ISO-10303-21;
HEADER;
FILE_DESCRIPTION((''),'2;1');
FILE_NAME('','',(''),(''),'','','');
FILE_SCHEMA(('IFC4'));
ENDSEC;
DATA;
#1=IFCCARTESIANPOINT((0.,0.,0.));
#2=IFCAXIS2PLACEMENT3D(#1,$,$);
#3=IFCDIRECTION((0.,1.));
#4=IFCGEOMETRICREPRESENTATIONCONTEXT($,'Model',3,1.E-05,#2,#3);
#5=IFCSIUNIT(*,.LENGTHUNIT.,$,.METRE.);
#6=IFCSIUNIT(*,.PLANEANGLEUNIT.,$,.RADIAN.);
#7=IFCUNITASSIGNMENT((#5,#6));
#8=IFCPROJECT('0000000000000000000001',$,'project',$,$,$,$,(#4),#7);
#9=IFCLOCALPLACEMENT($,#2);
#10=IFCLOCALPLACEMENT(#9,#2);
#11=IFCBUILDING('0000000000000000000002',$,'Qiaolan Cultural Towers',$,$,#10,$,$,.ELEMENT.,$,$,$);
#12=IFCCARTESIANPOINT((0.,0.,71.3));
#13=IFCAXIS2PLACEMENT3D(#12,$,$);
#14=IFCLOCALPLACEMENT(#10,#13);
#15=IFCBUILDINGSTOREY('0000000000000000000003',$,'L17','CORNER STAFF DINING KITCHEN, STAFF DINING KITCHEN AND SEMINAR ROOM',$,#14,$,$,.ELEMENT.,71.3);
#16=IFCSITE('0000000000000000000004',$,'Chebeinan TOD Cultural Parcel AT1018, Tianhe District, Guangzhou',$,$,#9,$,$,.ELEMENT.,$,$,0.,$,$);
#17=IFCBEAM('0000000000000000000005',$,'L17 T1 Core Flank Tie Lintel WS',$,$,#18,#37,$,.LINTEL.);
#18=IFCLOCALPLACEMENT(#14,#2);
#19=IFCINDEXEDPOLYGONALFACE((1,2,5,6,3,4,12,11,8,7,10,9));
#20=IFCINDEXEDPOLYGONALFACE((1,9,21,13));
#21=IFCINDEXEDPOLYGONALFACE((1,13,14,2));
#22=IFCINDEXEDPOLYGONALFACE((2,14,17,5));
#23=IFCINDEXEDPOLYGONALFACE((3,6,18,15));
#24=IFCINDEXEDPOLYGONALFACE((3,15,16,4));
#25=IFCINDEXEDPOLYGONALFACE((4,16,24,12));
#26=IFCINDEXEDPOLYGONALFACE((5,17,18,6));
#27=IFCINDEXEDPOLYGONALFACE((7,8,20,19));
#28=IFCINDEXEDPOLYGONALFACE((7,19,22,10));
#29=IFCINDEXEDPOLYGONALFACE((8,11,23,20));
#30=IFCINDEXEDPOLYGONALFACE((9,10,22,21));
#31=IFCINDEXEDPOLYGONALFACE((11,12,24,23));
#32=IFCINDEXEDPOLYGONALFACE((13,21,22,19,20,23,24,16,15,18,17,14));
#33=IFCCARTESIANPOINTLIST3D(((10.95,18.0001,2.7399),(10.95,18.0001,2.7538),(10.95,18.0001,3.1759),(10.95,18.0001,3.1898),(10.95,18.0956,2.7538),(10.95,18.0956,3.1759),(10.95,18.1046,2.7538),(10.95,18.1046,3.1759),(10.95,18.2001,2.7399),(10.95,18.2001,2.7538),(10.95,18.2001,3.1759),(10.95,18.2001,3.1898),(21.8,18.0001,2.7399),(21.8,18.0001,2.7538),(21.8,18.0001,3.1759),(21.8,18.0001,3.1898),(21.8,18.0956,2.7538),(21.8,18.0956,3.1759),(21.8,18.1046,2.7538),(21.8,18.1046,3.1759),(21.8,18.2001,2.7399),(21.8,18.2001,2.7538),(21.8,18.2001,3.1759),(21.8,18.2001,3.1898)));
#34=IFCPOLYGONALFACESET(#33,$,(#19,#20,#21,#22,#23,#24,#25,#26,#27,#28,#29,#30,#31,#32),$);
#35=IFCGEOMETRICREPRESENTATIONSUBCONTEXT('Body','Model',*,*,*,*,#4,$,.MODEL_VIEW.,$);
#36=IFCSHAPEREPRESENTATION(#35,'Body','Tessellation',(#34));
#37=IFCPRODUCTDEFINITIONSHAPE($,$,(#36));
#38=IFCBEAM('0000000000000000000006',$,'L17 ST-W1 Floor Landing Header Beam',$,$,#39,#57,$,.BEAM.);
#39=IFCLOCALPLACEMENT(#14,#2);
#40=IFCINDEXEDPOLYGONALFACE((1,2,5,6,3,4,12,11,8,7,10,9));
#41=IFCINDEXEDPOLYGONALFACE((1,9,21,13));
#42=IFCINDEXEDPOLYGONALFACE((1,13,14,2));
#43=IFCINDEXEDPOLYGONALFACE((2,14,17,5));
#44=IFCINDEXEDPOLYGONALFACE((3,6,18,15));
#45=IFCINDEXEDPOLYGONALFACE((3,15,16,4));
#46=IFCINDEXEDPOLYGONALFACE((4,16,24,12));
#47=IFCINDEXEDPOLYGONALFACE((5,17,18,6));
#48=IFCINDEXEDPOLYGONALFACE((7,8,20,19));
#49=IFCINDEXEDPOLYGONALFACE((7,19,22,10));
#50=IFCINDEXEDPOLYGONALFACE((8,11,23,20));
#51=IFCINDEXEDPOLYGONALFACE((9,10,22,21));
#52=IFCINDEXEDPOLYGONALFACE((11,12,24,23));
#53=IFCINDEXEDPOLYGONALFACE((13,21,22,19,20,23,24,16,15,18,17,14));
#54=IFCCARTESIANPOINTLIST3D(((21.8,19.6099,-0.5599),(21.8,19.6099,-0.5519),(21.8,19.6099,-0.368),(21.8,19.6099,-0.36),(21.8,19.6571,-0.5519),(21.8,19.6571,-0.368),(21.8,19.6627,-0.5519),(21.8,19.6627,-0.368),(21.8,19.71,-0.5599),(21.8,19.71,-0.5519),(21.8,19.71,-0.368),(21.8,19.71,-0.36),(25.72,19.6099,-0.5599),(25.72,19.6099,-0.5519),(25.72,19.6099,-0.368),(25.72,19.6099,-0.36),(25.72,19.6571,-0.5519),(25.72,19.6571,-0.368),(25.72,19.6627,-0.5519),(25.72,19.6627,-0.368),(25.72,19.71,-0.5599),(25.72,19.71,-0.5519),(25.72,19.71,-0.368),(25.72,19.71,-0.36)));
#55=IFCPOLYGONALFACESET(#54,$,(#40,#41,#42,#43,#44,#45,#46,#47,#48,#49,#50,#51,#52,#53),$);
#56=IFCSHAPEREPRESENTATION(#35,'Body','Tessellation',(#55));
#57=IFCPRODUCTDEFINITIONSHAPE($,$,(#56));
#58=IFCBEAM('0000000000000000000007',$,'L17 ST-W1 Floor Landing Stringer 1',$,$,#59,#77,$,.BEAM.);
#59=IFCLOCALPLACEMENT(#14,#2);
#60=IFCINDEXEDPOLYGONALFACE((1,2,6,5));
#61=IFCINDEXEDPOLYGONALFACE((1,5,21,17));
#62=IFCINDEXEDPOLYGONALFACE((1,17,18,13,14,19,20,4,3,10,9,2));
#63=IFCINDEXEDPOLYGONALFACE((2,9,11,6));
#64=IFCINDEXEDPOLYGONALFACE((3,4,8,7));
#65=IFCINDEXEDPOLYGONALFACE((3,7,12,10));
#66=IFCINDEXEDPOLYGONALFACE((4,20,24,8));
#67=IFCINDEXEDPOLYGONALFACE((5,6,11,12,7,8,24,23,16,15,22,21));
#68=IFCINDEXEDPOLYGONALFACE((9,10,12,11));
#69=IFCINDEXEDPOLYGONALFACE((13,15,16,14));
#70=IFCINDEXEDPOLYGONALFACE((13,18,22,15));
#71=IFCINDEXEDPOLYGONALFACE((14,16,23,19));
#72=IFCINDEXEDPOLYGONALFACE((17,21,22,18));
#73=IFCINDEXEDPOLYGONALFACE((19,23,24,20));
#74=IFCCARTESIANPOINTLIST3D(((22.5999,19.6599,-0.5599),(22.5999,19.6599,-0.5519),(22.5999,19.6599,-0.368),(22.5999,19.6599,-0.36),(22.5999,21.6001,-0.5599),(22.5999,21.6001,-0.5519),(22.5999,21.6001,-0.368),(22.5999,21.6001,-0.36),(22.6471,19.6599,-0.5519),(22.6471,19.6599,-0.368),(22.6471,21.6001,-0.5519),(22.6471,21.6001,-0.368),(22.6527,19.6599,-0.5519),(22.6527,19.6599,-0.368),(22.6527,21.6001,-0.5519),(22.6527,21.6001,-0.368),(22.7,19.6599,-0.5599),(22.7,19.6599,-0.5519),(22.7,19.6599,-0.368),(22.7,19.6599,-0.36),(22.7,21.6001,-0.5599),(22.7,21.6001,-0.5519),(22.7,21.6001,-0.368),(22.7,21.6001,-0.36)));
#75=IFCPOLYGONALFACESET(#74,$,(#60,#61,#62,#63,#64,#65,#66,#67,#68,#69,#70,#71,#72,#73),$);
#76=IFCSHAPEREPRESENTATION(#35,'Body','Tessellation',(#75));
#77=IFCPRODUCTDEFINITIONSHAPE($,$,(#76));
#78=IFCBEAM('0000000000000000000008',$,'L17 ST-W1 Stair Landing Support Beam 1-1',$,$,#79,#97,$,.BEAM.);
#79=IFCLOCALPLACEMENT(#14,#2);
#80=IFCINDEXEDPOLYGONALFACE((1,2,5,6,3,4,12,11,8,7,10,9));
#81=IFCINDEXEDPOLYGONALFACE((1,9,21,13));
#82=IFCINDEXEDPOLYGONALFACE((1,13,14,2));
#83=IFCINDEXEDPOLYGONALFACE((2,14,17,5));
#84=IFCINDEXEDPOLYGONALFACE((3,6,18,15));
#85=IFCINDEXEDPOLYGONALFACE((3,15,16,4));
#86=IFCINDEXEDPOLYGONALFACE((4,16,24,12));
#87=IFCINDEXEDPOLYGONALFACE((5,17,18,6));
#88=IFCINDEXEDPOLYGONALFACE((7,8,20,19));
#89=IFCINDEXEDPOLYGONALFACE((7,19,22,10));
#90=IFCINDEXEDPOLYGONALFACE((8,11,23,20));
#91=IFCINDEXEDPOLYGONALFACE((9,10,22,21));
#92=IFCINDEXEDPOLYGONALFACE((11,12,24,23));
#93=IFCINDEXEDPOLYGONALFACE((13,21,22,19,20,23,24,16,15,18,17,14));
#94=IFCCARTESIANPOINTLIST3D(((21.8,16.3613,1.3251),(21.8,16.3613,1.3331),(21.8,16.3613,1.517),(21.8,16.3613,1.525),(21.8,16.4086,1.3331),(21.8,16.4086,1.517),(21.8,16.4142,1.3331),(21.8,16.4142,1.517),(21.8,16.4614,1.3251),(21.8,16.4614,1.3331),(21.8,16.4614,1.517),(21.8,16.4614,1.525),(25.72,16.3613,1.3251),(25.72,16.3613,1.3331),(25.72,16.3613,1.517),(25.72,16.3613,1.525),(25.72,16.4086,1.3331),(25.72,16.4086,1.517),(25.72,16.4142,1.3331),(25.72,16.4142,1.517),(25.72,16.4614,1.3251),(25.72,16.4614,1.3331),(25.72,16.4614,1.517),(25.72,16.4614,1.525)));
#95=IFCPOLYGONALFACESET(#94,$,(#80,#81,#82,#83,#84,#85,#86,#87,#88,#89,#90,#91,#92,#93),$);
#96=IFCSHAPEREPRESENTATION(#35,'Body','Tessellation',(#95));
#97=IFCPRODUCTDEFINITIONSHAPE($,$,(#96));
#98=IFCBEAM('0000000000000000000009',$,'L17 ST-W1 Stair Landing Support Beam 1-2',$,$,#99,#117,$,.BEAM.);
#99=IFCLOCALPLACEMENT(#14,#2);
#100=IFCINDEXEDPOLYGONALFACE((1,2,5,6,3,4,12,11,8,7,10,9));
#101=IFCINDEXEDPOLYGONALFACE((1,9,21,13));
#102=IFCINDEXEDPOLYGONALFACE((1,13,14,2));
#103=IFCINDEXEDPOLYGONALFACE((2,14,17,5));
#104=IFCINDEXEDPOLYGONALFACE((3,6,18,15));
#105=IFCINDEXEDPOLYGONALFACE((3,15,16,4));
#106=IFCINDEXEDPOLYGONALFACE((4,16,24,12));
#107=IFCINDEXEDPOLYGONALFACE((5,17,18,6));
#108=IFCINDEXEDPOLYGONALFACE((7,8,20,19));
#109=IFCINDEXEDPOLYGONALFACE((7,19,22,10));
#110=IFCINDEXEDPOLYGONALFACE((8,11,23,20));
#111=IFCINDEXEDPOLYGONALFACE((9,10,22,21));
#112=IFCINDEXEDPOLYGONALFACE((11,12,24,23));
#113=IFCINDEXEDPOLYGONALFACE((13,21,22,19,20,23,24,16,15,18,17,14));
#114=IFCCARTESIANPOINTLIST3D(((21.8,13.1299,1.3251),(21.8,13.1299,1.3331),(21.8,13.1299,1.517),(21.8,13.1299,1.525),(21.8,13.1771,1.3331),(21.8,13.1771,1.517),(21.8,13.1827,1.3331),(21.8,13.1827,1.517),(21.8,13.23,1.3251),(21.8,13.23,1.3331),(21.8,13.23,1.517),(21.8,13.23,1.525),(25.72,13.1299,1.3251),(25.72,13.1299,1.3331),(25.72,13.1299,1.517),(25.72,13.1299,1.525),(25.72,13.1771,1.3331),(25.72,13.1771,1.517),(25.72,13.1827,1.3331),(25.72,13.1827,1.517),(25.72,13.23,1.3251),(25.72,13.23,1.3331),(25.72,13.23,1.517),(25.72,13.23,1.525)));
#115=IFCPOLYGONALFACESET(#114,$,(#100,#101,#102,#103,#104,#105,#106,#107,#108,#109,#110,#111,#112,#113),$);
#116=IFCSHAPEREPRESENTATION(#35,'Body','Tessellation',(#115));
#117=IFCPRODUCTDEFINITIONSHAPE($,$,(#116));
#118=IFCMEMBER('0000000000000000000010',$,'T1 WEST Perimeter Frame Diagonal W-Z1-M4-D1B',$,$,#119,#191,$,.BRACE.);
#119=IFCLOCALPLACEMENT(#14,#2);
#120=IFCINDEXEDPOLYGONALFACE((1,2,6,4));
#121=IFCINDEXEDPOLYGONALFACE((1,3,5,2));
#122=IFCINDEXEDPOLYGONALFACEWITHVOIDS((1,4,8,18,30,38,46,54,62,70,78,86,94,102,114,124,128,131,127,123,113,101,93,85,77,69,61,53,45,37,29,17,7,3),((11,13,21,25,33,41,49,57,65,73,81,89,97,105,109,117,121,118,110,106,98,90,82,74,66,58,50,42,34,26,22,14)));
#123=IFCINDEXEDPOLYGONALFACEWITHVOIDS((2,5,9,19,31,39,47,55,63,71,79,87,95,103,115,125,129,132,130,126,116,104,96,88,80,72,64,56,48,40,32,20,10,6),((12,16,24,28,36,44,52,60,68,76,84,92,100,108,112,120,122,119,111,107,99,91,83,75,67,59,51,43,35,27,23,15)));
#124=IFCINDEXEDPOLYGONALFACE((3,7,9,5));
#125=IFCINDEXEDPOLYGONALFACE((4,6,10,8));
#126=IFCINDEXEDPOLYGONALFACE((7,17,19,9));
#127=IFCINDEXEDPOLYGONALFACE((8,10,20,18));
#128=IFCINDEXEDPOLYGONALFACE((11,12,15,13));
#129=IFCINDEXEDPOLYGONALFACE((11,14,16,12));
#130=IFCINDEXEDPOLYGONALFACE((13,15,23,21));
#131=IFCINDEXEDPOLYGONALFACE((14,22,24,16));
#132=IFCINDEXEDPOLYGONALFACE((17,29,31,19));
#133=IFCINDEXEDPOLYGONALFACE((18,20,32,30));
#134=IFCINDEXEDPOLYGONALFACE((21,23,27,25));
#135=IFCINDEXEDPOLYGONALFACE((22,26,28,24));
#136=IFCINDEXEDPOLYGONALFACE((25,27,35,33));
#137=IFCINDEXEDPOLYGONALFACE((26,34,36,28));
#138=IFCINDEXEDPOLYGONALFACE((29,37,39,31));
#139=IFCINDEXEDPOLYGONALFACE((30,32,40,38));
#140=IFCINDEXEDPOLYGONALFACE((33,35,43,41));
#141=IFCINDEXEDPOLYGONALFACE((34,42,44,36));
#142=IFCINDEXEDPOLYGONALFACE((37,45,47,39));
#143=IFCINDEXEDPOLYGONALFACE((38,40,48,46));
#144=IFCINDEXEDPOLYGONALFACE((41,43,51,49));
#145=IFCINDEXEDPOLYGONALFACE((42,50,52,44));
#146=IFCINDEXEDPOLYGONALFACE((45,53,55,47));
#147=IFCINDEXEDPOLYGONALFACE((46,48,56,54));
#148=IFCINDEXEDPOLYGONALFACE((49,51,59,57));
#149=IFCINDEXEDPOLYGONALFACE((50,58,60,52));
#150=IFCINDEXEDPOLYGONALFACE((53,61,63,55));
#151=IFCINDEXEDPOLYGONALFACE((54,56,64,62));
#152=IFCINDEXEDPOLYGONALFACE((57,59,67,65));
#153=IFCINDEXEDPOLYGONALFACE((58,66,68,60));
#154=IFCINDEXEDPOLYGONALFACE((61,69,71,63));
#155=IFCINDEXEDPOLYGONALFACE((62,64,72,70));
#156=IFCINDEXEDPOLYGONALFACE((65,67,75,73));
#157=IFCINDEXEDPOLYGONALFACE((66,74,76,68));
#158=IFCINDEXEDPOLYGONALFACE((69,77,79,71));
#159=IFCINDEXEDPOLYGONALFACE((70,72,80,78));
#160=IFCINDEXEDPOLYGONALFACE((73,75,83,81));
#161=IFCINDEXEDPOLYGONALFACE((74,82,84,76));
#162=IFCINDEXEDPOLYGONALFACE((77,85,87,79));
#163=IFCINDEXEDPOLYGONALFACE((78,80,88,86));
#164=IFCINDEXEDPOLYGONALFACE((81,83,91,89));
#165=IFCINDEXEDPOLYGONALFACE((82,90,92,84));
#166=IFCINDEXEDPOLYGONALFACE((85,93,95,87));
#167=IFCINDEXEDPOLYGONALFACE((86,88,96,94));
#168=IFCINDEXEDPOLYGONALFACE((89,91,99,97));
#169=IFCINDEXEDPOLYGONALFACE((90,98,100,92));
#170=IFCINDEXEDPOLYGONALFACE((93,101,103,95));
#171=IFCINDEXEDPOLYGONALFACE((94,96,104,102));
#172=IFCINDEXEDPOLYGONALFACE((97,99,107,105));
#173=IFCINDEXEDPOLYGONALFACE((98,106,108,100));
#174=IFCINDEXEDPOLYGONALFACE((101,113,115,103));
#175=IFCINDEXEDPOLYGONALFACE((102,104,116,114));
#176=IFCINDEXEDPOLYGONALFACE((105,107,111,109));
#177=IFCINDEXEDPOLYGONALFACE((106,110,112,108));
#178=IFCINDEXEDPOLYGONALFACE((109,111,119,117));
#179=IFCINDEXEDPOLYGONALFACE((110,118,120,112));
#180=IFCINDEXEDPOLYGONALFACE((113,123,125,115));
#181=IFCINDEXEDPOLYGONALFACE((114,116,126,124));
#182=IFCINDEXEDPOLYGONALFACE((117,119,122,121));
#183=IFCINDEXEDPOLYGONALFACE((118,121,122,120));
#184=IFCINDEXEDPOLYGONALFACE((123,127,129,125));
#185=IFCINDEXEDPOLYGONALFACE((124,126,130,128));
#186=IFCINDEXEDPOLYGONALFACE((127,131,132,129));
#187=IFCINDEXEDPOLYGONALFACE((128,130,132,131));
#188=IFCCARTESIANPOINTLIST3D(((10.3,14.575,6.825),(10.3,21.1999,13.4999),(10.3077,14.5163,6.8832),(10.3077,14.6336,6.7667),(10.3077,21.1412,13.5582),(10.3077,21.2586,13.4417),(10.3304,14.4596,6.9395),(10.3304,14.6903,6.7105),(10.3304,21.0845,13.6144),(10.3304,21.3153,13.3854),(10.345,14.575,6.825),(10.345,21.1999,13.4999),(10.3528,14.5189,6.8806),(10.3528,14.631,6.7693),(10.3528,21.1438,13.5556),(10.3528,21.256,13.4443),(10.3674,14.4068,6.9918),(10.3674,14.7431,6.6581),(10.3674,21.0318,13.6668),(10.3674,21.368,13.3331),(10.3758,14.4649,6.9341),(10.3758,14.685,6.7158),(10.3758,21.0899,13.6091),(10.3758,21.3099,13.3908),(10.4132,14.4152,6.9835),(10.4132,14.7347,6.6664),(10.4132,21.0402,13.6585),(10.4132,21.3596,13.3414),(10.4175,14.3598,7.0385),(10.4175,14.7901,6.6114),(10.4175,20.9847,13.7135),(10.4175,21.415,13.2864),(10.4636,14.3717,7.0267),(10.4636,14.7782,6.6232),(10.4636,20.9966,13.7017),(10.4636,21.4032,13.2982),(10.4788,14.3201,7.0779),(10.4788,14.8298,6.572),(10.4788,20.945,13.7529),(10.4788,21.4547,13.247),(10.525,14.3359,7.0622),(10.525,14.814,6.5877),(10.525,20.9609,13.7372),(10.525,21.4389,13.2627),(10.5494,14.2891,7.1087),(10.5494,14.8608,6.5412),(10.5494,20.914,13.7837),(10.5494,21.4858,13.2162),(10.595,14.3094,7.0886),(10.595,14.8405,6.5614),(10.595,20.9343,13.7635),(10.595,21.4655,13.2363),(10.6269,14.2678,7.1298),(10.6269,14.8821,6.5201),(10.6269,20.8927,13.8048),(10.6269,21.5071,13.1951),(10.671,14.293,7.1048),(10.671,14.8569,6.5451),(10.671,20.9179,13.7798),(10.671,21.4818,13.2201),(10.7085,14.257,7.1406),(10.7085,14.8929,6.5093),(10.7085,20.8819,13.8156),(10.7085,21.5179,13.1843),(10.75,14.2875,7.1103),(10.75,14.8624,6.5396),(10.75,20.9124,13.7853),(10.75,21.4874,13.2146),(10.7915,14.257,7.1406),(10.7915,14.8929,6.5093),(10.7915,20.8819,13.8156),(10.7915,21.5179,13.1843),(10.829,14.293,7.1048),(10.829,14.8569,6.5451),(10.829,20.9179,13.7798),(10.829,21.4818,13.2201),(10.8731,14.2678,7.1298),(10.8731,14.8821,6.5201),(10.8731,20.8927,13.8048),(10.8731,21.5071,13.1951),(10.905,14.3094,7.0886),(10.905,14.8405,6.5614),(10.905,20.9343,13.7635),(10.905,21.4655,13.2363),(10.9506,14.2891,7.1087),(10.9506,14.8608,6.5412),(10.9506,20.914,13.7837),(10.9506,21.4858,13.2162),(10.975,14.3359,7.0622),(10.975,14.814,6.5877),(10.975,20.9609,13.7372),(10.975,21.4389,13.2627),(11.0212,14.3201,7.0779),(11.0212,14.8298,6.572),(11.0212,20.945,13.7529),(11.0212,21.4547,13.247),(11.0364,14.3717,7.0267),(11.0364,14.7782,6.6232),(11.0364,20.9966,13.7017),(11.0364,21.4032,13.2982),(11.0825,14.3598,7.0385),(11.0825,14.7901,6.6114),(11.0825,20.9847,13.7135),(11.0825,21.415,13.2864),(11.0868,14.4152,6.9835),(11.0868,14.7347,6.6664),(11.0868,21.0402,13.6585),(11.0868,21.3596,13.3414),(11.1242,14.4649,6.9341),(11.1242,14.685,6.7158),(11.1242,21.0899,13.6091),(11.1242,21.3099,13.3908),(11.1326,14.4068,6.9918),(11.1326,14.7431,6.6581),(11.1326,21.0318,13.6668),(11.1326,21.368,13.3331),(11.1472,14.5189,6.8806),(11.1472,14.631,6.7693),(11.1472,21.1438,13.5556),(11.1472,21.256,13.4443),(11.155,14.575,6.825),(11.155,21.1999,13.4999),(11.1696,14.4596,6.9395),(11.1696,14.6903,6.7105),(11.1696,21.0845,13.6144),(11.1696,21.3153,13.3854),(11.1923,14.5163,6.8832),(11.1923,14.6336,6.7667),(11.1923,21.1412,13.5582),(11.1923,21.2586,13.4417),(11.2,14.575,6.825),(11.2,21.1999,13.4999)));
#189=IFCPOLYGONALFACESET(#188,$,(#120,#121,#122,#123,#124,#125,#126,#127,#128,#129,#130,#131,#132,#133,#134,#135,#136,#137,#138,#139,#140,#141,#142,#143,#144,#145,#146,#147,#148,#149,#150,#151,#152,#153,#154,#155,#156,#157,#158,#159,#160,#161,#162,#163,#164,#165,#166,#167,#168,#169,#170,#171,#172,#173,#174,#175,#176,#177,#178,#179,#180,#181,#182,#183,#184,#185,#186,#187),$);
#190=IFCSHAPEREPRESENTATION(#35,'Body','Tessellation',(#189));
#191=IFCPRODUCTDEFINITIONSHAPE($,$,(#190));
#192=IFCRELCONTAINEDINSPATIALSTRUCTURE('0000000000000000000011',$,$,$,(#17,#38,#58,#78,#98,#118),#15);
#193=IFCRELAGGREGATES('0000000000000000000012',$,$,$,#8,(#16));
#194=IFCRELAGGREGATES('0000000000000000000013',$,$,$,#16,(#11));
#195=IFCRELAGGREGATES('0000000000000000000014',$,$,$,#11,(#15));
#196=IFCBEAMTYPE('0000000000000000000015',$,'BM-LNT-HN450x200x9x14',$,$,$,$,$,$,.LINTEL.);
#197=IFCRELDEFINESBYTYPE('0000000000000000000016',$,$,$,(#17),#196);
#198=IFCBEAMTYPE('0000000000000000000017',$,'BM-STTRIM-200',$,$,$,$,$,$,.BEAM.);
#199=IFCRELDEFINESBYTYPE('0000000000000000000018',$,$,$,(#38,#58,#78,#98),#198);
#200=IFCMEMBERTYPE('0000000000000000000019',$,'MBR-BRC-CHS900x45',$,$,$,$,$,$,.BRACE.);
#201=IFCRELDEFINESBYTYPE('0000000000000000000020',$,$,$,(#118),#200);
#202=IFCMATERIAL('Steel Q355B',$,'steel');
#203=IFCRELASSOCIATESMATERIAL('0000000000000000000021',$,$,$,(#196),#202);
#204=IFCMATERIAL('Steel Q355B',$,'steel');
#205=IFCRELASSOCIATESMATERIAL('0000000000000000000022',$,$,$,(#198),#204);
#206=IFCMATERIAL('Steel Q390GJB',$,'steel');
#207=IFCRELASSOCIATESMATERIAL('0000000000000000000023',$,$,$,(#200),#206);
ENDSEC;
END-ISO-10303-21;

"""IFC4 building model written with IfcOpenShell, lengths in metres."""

from ifc_helpers import new_model, si_unit, direction, frame, origin, origin_2d, place, context, subcontext, project, spatial, hollow_circle, i_section, extrude, material, material_profile, profile_set, type_object, element, save


model = new_model("IFC4")

# Units and contexts
model_context = context("Model", 3, precision=1e-05, world=origin(), true_north=direction((0.0, 1.0)))
body_context = subcontext(model_context, "Body", "Model", "MODEL_VIEW")
ifc_project = project(units=[si_unit("LENGTHUNIT", "METRE"), si_unit("PLANEANGLEUNIT", "RADIAN")], contexts=[model_context])

# Site, building, storey
site_placement = place(None, origin())
site = spatial("IfcSite", under=ifc_project, at=site_placement, Name="Chebeinan TOD Cultural Parcel AT1018, Tianhe District, Guangzhou", CompositionType="ELEMENT", RefElevation=0.0)
building_placement = place(site_placement, origin())
building = spatial("IfcBuilding", under=site, at=building_placement, Name="Qiaolan Cultural Towers", CompositionType="ELEMENT")
storey_placement = place(building_placement, frame((0.0, 0.0, 71.3)))
storey = spatial("IfcBuildingStorey", under=building, at=storey_placement, Name="L17", Description="CORNER STAFF DINING KITCHEN, STAFF DINING KITCHEN AND SEMINAR ROOM", CompositionType="ELEMENT", Elevation=71.3)

# Beams
ifc_material_1 = material(Name="Steel Q355B", Category="steel")
ifc_material_profile_1 = material_profile(ifc_material_1, i_section(OverallWidth=0.2, OverallDepth=0.45, WebThickness=0.009, FlangeThickness=0.0139, at=origin_2d()), Name="HN450x200x9x14")
ifc_profile_set_1 = profile_set([ifc_material_profile_1], Name="Steel Q355B")
beam_type_1 = type_object("IfcBeamType", Name="BM-LNT-HN450x200x9x14", PredefinedType="LINTEL", material=ifc_profile_set_1)
beam_1_placement = place(storey_placement, frame((21.8, 18.1001, 2.9648), z_axis=(-1.0, 0.0, 0.0), x_axis=(0.0, -1.0, 0.0)))
element("IfcBeam", 1, at=beam_1_placement, inside=storey, type_object=beam_type_1, Name="L17 T1 Core Flank Tie Lintel WS", PredefinedType="LINTEL", context=body_context, shape_type="SweptSolid", body=[
    extrude(i_section(OverallWidth=0.2, OverallDepth=0.45, WebThickness=0.009, FlangeThickness=0.0139, at=origin_2d()), origin(), (0.0, 0.0, 1.0), 10.8501),
])
ifc_material_2 = material(Name="Steel Q355B", Category="steel")
ifc_material_profile_2 = material_profile(ifc_material_2, i_section(OverallWidth=0.1001, OverallDepth=0.2, WebThickness=0.0056, FlangeThickness=0.0081, at=origin_2d()), Name="HN200x100x5.5x8")
ifc_profile_set_2 = profile_set([ifc_material_profile_2], Name="Steel Q355B")
beam_type_2 = type_object("IfcBeamType", Name="BM-STTRIM-200", PredefinedType="BEAM", material=ifc_profile_set_2)
beam_2_placement = place(storey_placement, frame((21.8, 19.6599, -0.46), z_axis=(1.0, 0.0, 0.0), x_axis=(0.0, 1.0, 0.0)))
element("IfcBeam", 2, at=beam_2_placement, inside=storey, type_object=beam_type_2, Name="L17 ST-W1 Floor Landing Header Beam", PredefinedType="BEAM", context=body_context, shape_type="SweptSolid", body=[
    extrude(i_section(OverallWidth=0.1001, OverallDepth=0.2, WebThickness=0.0056, FlangeThickness=0.0081, at=origin_2d()), origin(), (0.0, 0.0, 1.0), 3.9199),
])
beam_3_placement = place(storey_placement, frame((22.6499, 21.6001, -0.46), z_axis=(0.0, -1.0, 0.0), x_axis=(1.0, 0.0, 0.0)))
element("IfcBeam", 3, at=beam_3_placement, inside=storey, type_object=beam_type_2, Name="L17 ST-W1 Floor Landing Stringer 1", PredefinedType="BEAM", context=body_context, shape_type="SweptSolid", body=[
    extrude(i_section(OverallWidth=0.1001, OverallDepth=0.2, WebThickness=0.0056, FlangeThickness=0.0081, at=origin_2d()), origin(), (0.0, 0.0, 1.0), 1.9402),
])
for number, where, z_axis, x_axis, name in (
    (4, (21.8, 16.4114, 1.425), (1.0, 0.0, 0.0), (0.0, 1.0, 0.0), "L17 ST-W1 Stair Landing Support Beam 1-1"),
    (5, (21.8, 13.1799, 1.425), (1.0, 0.0, 0.0), (0.0, 1.0, 0.0), "L17 ST-W1 Stair Landing Support Beam 1-2"),
):
    element("IfcBeam", number, at=place(storey_placement, frame(where, z_axis=z_axis, x_axis=x_axis)), inside=storey, type_object=beam_type_2, Name=name, PredefinedType="BEAM", context=body_context, shape_type="SweptSolid", body=[
        extrude(i_section(OverallWidth=0.1001, OverallDepth=0.2, WebThickness=0.0056, FlangeThickness=0.0081, at=origin_2d()), origin(), (0.0, 0.0, 1.0), 3.9199),
    ])

# Member
ifc_material_3 = material(Name="Steel Q390GJB", Category="steel")
ifc_material_profile_3 = material_profile(ifc_material_3, hollow_circle(Radius=0.45, WallThickness=0.0449, at=origin_2d()), Name="CHS900x45")
ifc_profile_set_3 = profile_set([ifc_material_profile_3], Name="Steel Q390GJB")
member_type = type_object("IfcMemberType", Name="MBR-BRC-CHS900x45", PredefinedType="BRACE", material=ifc_profile_set_3)
for number, where, z_axis, x_axis, name in (
    (6, (10.75, 14.575, 6.825), (0.0, 0.704441, 0.709763), (-1.0, 0.0, 0.0), "T1 WEST Perimeter Frame Diagonal W-Z1-M4-D1B"),
):
    element("IfcMember", number, at=place(storey_placement, frame(where, z_axis=z_axis, x_axis=x_axis)), inside=storey, type_object=member_type, Name=name, PredefinedType="BRACE", context=body_context, shape_type="SweptSolid", body=[
        extrude(hollow_circle(Radius=0.45, WallThickness=0.0449, at=origin_2d()), origin(), (0.0, 0.0, 1.0), 9.4045),
    ])

save(model, "model.ifc")
